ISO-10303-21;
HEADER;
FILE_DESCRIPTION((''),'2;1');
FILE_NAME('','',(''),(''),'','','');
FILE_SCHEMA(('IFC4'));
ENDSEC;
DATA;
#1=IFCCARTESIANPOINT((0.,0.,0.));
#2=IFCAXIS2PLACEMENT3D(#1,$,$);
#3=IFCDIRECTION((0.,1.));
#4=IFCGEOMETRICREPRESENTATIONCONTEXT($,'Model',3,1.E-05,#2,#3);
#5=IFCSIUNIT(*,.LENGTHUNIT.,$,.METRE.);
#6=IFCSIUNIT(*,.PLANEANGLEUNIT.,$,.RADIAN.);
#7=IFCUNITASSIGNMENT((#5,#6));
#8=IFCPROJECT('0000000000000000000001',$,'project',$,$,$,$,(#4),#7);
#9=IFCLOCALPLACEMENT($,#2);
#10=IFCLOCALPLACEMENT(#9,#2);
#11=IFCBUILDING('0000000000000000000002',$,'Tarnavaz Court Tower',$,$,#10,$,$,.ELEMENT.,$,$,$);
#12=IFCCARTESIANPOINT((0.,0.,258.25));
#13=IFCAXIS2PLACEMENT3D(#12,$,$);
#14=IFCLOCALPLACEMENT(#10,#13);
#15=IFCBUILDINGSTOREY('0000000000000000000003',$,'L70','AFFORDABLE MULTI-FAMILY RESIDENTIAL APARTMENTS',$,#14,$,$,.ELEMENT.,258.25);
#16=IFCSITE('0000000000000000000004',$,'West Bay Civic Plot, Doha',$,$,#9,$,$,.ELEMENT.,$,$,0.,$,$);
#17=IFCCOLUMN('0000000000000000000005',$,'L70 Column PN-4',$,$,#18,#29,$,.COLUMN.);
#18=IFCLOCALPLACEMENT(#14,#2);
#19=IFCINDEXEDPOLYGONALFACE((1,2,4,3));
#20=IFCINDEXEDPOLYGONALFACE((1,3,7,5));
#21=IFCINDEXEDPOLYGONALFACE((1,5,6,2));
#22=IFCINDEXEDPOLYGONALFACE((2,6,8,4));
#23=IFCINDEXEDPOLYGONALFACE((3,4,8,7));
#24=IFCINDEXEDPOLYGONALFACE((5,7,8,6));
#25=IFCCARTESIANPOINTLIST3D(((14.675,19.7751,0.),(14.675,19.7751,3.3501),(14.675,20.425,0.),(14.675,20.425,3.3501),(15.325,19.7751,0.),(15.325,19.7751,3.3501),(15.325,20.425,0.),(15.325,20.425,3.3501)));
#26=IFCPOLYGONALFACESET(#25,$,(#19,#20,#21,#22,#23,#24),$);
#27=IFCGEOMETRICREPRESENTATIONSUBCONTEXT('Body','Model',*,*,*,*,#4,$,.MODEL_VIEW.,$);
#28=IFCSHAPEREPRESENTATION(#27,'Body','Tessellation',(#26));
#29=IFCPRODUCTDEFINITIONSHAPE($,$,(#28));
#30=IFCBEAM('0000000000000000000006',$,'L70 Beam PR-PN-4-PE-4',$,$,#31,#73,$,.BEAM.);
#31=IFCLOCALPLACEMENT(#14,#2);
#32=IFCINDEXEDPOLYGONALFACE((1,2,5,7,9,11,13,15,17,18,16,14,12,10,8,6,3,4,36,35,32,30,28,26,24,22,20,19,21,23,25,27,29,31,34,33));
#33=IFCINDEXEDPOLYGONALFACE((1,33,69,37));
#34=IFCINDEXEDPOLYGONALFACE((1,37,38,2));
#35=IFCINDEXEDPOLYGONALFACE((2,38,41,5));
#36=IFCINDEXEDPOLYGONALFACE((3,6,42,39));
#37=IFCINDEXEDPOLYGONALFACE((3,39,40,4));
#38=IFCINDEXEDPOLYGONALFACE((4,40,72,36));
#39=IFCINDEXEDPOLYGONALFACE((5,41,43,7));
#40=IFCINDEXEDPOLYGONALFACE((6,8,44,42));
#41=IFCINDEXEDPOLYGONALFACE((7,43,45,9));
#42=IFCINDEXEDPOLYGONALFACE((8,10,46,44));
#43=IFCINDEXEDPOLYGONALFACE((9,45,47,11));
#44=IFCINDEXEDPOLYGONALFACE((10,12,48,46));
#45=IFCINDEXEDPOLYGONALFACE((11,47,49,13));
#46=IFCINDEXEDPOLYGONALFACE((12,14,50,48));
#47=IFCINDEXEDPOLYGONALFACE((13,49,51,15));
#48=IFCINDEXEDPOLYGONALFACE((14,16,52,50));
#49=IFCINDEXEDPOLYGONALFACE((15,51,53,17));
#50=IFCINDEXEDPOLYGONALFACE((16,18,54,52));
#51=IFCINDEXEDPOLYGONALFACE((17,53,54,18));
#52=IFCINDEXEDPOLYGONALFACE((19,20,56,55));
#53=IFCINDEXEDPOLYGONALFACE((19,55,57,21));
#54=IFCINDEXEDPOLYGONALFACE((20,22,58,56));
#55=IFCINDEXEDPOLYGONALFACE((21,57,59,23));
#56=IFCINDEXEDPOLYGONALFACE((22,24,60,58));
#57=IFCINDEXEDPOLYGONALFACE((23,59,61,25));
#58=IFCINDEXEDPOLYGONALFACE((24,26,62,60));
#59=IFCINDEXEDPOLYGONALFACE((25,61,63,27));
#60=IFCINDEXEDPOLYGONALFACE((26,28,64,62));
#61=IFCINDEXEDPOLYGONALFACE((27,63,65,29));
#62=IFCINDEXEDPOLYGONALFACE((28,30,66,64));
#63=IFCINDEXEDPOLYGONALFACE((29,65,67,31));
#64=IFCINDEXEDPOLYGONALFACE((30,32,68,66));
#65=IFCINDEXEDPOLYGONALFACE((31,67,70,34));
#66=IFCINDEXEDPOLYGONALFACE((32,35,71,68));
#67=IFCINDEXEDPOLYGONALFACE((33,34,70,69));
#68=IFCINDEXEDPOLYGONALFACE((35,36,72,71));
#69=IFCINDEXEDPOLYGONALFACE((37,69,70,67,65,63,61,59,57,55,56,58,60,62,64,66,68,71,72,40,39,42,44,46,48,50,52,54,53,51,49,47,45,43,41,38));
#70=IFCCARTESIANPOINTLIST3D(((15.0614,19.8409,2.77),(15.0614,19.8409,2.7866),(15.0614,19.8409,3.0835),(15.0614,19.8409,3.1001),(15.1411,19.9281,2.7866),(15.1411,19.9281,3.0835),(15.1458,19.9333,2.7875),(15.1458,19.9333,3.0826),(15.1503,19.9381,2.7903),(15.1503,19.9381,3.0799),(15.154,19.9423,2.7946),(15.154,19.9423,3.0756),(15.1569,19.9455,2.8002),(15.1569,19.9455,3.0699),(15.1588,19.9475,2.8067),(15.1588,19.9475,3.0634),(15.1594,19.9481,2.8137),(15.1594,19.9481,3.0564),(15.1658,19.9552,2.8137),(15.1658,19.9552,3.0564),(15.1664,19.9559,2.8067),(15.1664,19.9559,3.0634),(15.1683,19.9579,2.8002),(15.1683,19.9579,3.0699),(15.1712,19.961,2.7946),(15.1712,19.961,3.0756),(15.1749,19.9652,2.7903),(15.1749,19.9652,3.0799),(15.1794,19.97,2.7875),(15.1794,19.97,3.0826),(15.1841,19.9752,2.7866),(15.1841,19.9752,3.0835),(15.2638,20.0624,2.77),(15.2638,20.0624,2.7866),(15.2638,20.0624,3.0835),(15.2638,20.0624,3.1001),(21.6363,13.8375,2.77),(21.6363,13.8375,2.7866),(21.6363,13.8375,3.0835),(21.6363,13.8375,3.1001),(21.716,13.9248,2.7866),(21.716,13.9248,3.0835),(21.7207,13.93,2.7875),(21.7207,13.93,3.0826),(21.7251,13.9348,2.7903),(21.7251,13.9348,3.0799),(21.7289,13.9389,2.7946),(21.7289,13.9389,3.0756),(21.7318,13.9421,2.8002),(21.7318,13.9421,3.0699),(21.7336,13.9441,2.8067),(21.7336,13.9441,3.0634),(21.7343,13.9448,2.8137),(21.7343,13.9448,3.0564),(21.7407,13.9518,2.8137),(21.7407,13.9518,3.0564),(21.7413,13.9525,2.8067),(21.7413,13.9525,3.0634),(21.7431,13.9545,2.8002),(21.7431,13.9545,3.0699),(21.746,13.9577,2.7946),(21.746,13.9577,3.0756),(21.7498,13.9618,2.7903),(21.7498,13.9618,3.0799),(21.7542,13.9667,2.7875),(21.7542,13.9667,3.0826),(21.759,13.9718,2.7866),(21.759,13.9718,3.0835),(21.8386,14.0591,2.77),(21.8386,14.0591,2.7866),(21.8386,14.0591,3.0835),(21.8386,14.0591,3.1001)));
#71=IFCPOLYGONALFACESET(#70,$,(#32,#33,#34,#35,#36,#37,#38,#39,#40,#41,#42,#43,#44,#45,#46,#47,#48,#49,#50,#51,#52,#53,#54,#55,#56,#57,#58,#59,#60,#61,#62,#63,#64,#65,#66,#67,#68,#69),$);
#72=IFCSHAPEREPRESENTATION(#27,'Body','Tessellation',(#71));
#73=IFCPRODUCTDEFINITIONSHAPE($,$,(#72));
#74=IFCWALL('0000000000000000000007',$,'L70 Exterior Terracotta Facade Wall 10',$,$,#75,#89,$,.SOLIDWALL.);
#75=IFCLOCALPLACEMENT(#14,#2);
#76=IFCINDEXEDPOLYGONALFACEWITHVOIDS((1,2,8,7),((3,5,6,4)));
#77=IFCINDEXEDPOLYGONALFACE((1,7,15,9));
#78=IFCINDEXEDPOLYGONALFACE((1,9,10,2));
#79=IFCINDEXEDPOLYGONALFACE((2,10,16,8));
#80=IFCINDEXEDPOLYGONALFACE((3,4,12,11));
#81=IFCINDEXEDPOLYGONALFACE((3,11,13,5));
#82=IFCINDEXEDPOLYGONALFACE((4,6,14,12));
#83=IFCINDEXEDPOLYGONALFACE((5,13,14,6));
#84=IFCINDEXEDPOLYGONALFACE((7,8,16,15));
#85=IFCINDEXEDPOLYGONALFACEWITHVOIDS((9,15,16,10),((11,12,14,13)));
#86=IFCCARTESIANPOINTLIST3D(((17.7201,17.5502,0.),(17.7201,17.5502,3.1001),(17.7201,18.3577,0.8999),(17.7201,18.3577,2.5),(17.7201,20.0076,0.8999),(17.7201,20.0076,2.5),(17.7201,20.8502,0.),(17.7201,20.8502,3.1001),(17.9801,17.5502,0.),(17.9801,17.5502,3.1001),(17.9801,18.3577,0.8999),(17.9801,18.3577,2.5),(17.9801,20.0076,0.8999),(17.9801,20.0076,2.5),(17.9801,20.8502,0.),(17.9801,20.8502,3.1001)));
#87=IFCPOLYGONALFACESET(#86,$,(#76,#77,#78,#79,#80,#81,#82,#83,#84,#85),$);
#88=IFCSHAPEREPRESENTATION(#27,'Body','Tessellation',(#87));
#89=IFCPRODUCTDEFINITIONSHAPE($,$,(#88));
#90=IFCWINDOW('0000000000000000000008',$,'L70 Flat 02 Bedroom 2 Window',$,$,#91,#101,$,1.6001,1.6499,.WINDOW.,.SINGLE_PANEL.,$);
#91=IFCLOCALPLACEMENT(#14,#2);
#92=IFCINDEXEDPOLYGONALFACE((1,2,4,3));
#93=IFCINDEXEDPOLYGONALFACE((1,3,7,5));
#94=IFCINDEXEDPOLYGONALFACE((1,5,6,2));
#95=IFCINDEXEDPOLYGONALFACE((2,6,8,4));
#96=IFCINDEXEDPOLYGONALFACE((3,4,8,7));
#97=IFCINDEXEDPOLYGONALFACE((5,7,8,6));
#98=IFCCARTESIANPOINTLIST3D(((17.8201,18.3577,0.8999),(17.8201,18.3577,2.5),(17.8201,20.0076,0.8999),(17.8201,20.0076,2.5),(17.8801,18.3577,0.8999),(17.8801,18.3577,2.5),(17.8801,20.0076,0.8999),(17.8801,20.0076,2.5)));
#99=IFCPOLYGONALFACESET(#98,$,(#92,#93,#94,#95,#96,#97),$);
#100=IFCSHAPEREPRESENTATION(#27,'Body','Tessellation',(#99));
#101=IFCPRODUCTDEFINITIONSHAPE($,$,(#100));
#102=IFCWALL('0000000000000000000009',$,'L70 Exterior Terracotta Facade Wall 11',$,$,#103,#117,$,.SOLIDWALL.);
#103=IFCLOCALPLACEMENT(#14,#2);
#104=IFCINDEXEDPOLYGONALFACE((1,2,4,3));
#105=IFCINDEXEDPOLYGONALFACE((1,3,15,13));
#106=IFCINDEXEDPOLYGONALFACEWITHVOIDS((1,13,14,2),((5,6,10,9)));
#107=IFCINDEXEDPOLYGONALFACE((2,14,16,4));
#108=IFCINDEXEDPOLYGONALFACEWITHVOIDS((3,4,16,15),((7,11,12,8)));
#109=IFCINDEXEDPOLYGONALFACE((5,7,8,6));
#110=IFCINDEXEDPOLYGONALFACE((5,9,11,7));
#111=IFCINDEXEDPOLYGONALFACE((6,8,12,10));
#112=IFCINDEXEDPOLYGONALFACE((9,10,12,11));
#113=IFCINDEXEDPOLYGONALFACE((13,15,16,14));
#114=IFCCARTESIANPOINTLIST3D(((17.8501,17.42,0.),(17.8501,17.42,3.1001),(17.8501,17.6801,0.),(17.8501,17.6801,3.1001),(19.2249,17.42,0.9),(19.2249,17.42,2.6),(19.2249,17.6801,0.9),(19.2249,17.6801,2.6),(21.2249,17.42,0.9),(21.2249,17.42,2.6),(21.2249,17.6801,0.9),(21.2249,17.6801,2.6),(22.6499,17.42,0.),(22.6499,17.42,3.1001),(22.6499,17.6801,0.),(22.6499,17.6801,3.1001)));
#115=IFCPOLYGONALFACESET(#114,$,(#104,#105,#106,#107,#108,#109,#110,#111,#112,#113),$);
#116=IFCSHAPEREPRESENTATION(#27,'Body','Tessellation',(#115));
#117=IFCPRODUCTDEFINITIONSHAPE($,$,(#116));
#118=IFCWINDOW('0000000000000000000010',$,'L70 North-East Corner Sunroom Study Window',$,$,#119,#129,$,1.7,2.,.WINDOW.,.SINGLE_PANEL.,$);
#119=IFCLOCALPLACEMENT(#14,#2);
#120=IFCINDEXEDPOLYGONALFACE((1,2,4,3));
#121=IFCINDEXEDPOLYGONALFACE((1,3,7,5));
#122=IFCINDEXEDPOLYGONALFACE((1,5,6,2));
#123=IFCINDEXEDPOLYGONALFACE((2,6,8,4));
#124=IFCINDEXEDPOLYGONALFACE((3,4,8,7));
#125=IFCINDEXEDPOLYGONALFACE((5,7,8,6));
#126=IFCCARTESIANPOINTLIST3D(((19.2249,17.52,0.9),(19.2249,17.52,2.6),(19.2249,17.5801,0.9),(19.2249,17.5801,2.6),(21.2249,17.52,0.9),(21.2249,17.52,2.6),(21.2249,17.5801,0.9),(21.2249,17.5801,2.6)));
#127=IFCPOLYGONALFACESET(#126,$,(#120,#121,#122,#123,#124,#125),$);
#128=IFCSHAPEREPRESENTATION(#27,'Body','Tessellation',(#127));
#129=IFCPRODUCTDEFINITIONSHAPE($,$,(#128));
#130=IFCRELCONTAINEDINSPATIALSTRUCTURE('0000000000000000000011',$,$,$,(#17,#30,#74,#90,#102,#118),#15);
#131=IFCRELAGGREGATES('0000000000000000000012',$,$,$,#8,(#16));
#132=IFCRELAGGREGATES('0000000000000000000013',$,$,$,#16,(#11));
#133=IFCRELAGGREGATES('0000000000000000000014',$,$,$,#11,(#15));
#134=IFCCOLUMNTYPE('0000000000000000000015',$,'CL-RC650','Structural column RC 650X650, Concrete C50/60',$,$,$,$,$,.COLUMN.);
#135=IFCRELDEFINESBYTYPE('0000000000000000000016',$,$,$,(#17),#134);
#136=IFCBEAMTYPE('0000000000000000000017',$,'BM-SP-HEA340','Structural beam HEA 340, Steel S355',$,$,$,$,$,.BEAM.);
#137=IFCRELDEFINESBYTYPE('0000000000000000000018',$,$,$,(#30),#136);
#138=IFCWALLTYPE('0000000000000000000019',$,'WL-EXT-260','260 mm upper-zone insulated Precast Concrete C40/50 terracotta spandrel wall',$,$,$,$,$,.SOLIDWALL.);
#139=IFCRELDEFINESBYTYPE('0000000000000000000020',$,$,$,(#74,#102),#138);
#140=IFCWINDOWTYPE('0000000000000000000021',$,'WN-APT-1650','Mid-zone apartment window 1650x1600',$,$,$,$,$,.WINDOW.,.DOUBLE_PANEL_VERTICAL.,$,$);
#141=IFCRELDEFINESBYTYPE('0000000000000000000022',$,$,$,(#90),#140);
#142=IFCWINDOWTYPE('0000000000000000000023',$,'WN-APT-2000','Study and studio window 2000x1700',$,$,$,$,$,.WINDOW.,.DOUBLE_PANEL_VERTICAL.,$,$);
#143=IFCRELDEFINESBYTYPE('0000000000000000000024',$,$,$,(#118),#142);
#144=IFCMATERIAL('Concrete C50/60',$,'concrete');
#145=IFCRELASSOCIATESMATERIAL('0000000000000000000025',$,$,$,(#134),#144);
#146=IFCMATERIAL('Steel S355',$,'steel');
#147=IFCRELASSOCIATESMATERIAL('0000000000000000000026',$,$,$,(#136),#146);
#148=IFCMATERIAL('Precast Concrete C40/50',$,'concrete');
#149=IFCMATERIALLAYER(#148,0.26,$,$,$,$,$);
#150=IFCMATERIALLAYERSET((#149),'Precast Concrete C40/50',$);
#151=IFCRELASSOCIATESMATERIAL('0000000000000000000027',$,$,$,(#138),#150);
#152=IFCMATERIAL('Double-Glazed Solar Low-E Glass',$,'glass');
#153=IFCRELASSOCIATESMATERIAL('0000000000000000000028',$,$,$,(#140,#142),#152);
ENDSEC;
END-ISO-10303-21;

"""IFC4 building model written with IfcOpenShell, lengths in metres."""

from ifc_helpers import new_model, si_unit, direction, frame, frame_2d, origin, origin_2d, place, context, subcontext, project, spatial, rectangle, i_section, extrude, material, layer, layer_set, material_profile, profile_set, type_object, element, fill, save


model = new_model("IFC4")

# Units and contexts
model_context = context("Model", 3, precision=1e-05, world=origin(), true_north=direction((0.0, 1.0)))
body_context = subcontext(model_context, "Body", "Model", "MODEL_VIEW")
ifc_project = project(units=[si_unit("LENGTHUNIT", "METRE"), si_unit("PLANEANGLEUNIT", "RADIAN")], contexts=[model_context])

# Site, building, storey
site_placement = place(None, origin())
site = spatial("IfcSite", under=ifc_project, at=site_placement, Name="West Bay Civic Plot, Doha", CompositionType="ELEMENT", RefElevation=0.0)
building_placement = place(site_placement, origin())
building = spatial("IfcBuilding", under=site, at=building_placement, Name="Tarnavaz Court Tower", CompositionType="ELEMENT")
storey_placement = place(building_placement, frame((0.0, 0.0, 258.25)))
storey = spatial("IfcBuildingStorey", under=building, at=storey_placement, Name="L70", Description="AFFORDABLE MULTI-FAMILY RESIDENTIAL APARTMENTS", CompositionType="ELEMENT", Elevation=258.25)

# Column
ifc_material_1 = material(Name="Concrete C50/60", Category="concrete")
ifc_material_profile_1 = material_profile(ifc_material_1, rectangle(XDim=0.6499, YDim=0.6499, at=origin_2d()), Name="RC 650X650")
ifc_profile_set_1 = profile_set([ifc_material_profile_1], Name="Concrete C50/60")
column_type = type_object("IfcColumnType", Name="CL-RC650", Description="Structural column RC 650X650, Concrete C50/60", PredefinedType="COLUMN", material=ifc_profile_set_1)
column_placement = place(storey_placement, frame((15.0, 20.1001, 0.0), z_axis=(0.0, 0.0, 1.0), x_axis=(1.0, 0.0, 0.0)))
element("IfcColumn", 1, at=column_placement, inside=storey, type_object=column_type, Name="L70 Column PN-4", PredefinedType="COLUMN", context=body_context, shape_type="SweptSolid", body=[
    extrude(rectangle(XDim=0.6499, YDim=0.6499, at=origin_2d()), origin(), (0.0, 0.0, 1.0), 3.3501),
])

# Beam
ifc_material_2 = material(Name="Steel S355", Category="steel")
ifc_material_profile_2 = material_profile(ifc_material_2, i_section(OverallWidth=0.3, OverallDepth=0.3301, WebThickness=0.0095, FlangeThickness=0.0166, FilletRadius=0.0271, at=origin_2d()), Name="HEA 340")
ifc_profile_set_2 = profile_set([ifc_material_profile_2], Name="Steel S355")
beam_type = type_object("IfcBeamType", Name="BM-SP-HEA340", Description="Structural beam HEA 340, Steel S355", PredefinedType="BEAM", material=ifc_profile_set_2)
beam_placement = place(storey_placement, frame((15.1626, 19.9517, 2.9351), z_axis=(0.738474, -0.674282, 0.0), x_axis=(0.674282, 0.738474, 0.0)))
element("IfcBeam", 2, at=beam_placement, inside=storey, type_object=beam_type, Name="L70 Beam PR-PN-4-PE-4", PredefinedType="BEAM", context=body_context, shape_type="SweptSolid", body=[
    extrude(i_section(OverallWidth=0.3, OverallDepth=0.3301, WebThickness=0.0095, FlangeThickness=0.0166, FilletRadius=0.0271, at=origin_2d()), origin(), (0.0, 0.0, 1.0), 8.9033),
])

# Walls, openings, windows
ifc_material_3 = material(Name="Precast Concrete C40/50", Category="concrete")
ifc_layer_1 = layer(ifc_material_3, 0.26)
ifc_layer_set_1 = layer_set([ifc_layer_1], Name="Precast Concrete C40/50")
wall_type_1 = type_object("IfcWallType", Name="WL-EXT-260", Description="260 mm upper-zone insulated Precast Concrete C40/50 terracotta spandrel wall", PredefinedType="SOLIDWALL", material=ifc_layer_set_1)
wall_1_placement = place(storey_placement, frame((17.8501, 20.8501, 0.0), z_axis=(0.0, 0.0, 1.0), x_axis=(0.0, -1.0, 0.0)))
wall_1 = element("IfcWall", 3, at=wall_1_placement, inside=storey, type_object=wall_type_1, Name="L70 Exterior Terracotta Facade Wall 10", PredefinedType="SOLIDWALL", context=body_context, shape_type="SweptSolid", body=[
    extrude(rectangle(XDim=3.3, YDim=0.26, at=frame_2d((1.6499, 0.0))), origin(), (0.0, 0.0, 1.0), 3.1001),
])
opening_1_placement = place(wall_1_placement, frame((0.8425, 0.0, 0.8999)))
opening_1 = element("IfcOpeningElement", 4, at=opening_1_placement, cuts=wall_1, PredefinedType="OPENING", context=body_context, shape_type="SweptSolid", body=[
    extrude(rectangle(XDim=1.6499, YDim=1.6001, at=frame_2d((0.825, 0.8))), frame((0.0, 0.1399, 0.0), z_axis=(0.0, -1.0, 0.0), x_axis=(1.0, 0.0, 0.0)), (0.0, 0.0, 1.0), 0.28),
])
ifc_material_4 = material(Name="Double-Glazed Solar Low-E Glass", Category="glass")
window_type_1 = type_object("IfcWindowType", Name="WN-APT-1650", Description="Mid-zone apartment window 1650x1600", PartitioningType="DOUBLE_PANEL_VERTICAL", PredefinedType="WINDOW", material=ifc_material_4)
window_1_placement = place(opening_1_placement, origin())
window_1 = element("IfcWindow", 5, at=window_1_placement, inside=storey, type_object=window_type_1, Name="L70 Flat 02 Bedroom 2 Window", OverallHeight=1.6001, OverallWidth=1.6499, PartitioningType="SINGLE_PANEL", PredefinedType="WINDOW", context=body_context, shape_type="SweptSolid", body=[
    extrude(rectangle(XDim=1.6499, YDim=1.6001, at=frame_2d((0.825, 0.8))), frame((0.0, 0.03, 0.0), z_axis=(0.0, -1.0, 0.0), x_axis=(1.0, 0.0, 0.0)), (0.0, 0.0, 1.0), 0.0601),
])
fill(opening_1, window_1)
wall_2_placement = place(storey_placement, frame((17.8501, 17.55, 0.0), z_axis=(0.0, 0.0, 1.0), x_axis=(1.0, 0.0, 0.0)))
wall_2 = element("IfcWall", 6, at=wall_2_placement, inside=storey, type_object=wall_type_1, Name="L70 Exterior Terracotta Facade Wall 11", PredefinedType="SOLIDWALL", context=body_context, shape_type="SweptSolid", body=[
    extrude(rectangle(XDim=4.7998, YDim=0.26, at=frame_2d((2.3999, 0.0))), origin(), (0.0, 0.0, 1.0), 3.1001),
])
opening_2_placement = place(wall_2_placement, frame((1.3748, 0.0, 0.8999)))
opening_2 = element("IfcOpeningElement", 7, at=opening_2_placement, cuts=wall_2, PredefinedType="OPENING", context=body_context, shape_type="SweptSolid", body=[
    extrude(rectangle(XDim=2.0, YDim=1.7, at=frame_2d((1.0, 0.8501))), frame((0.0, 0.1399, 0.0), z_axis=(0.0, -1.0, 0.0), x_axis=(1.0, 0.0, 0.0)), (0.0, 0.0, 1.0), 0.28),
])
window_type_2 = type_object("IfcWindowType", Name="WN-APT-2000", Description="Study and studio window 2000x1700", PartitioningType="DOUBLE_PANEL_VERTICAL", PredefinedType="WINDOW", material=ifc_material_4)
window_2_placement = place(opening_2_placement, origin())
window_2 = element("IfcWindow", 8, at=window_2_placement, inside=storey, type_object=window_type_2, Name="L70 North-East Corner Sunroom Study Window", OverallHeight=1.7, OverallWidth=2.0, PartitioningType="SINGLE_PANEL", PredefinedType="WINDOW", context=body_context, shape_type="SweptSolid", body=[
    extrude(rectangle(XDim=2.0, YDim=1.7, at=frame_2d((1.0, 0.8501))), frame((0.0, 0.03, 0.0), z_axis=(0.0, -1.0, 0.0), x_axis=(1.0, 0.0, 0.0)), (0.0, 0.0, 1.0), 0.0601),
])
fill(opening_2, window_2)

save(model, "model.ifc")
